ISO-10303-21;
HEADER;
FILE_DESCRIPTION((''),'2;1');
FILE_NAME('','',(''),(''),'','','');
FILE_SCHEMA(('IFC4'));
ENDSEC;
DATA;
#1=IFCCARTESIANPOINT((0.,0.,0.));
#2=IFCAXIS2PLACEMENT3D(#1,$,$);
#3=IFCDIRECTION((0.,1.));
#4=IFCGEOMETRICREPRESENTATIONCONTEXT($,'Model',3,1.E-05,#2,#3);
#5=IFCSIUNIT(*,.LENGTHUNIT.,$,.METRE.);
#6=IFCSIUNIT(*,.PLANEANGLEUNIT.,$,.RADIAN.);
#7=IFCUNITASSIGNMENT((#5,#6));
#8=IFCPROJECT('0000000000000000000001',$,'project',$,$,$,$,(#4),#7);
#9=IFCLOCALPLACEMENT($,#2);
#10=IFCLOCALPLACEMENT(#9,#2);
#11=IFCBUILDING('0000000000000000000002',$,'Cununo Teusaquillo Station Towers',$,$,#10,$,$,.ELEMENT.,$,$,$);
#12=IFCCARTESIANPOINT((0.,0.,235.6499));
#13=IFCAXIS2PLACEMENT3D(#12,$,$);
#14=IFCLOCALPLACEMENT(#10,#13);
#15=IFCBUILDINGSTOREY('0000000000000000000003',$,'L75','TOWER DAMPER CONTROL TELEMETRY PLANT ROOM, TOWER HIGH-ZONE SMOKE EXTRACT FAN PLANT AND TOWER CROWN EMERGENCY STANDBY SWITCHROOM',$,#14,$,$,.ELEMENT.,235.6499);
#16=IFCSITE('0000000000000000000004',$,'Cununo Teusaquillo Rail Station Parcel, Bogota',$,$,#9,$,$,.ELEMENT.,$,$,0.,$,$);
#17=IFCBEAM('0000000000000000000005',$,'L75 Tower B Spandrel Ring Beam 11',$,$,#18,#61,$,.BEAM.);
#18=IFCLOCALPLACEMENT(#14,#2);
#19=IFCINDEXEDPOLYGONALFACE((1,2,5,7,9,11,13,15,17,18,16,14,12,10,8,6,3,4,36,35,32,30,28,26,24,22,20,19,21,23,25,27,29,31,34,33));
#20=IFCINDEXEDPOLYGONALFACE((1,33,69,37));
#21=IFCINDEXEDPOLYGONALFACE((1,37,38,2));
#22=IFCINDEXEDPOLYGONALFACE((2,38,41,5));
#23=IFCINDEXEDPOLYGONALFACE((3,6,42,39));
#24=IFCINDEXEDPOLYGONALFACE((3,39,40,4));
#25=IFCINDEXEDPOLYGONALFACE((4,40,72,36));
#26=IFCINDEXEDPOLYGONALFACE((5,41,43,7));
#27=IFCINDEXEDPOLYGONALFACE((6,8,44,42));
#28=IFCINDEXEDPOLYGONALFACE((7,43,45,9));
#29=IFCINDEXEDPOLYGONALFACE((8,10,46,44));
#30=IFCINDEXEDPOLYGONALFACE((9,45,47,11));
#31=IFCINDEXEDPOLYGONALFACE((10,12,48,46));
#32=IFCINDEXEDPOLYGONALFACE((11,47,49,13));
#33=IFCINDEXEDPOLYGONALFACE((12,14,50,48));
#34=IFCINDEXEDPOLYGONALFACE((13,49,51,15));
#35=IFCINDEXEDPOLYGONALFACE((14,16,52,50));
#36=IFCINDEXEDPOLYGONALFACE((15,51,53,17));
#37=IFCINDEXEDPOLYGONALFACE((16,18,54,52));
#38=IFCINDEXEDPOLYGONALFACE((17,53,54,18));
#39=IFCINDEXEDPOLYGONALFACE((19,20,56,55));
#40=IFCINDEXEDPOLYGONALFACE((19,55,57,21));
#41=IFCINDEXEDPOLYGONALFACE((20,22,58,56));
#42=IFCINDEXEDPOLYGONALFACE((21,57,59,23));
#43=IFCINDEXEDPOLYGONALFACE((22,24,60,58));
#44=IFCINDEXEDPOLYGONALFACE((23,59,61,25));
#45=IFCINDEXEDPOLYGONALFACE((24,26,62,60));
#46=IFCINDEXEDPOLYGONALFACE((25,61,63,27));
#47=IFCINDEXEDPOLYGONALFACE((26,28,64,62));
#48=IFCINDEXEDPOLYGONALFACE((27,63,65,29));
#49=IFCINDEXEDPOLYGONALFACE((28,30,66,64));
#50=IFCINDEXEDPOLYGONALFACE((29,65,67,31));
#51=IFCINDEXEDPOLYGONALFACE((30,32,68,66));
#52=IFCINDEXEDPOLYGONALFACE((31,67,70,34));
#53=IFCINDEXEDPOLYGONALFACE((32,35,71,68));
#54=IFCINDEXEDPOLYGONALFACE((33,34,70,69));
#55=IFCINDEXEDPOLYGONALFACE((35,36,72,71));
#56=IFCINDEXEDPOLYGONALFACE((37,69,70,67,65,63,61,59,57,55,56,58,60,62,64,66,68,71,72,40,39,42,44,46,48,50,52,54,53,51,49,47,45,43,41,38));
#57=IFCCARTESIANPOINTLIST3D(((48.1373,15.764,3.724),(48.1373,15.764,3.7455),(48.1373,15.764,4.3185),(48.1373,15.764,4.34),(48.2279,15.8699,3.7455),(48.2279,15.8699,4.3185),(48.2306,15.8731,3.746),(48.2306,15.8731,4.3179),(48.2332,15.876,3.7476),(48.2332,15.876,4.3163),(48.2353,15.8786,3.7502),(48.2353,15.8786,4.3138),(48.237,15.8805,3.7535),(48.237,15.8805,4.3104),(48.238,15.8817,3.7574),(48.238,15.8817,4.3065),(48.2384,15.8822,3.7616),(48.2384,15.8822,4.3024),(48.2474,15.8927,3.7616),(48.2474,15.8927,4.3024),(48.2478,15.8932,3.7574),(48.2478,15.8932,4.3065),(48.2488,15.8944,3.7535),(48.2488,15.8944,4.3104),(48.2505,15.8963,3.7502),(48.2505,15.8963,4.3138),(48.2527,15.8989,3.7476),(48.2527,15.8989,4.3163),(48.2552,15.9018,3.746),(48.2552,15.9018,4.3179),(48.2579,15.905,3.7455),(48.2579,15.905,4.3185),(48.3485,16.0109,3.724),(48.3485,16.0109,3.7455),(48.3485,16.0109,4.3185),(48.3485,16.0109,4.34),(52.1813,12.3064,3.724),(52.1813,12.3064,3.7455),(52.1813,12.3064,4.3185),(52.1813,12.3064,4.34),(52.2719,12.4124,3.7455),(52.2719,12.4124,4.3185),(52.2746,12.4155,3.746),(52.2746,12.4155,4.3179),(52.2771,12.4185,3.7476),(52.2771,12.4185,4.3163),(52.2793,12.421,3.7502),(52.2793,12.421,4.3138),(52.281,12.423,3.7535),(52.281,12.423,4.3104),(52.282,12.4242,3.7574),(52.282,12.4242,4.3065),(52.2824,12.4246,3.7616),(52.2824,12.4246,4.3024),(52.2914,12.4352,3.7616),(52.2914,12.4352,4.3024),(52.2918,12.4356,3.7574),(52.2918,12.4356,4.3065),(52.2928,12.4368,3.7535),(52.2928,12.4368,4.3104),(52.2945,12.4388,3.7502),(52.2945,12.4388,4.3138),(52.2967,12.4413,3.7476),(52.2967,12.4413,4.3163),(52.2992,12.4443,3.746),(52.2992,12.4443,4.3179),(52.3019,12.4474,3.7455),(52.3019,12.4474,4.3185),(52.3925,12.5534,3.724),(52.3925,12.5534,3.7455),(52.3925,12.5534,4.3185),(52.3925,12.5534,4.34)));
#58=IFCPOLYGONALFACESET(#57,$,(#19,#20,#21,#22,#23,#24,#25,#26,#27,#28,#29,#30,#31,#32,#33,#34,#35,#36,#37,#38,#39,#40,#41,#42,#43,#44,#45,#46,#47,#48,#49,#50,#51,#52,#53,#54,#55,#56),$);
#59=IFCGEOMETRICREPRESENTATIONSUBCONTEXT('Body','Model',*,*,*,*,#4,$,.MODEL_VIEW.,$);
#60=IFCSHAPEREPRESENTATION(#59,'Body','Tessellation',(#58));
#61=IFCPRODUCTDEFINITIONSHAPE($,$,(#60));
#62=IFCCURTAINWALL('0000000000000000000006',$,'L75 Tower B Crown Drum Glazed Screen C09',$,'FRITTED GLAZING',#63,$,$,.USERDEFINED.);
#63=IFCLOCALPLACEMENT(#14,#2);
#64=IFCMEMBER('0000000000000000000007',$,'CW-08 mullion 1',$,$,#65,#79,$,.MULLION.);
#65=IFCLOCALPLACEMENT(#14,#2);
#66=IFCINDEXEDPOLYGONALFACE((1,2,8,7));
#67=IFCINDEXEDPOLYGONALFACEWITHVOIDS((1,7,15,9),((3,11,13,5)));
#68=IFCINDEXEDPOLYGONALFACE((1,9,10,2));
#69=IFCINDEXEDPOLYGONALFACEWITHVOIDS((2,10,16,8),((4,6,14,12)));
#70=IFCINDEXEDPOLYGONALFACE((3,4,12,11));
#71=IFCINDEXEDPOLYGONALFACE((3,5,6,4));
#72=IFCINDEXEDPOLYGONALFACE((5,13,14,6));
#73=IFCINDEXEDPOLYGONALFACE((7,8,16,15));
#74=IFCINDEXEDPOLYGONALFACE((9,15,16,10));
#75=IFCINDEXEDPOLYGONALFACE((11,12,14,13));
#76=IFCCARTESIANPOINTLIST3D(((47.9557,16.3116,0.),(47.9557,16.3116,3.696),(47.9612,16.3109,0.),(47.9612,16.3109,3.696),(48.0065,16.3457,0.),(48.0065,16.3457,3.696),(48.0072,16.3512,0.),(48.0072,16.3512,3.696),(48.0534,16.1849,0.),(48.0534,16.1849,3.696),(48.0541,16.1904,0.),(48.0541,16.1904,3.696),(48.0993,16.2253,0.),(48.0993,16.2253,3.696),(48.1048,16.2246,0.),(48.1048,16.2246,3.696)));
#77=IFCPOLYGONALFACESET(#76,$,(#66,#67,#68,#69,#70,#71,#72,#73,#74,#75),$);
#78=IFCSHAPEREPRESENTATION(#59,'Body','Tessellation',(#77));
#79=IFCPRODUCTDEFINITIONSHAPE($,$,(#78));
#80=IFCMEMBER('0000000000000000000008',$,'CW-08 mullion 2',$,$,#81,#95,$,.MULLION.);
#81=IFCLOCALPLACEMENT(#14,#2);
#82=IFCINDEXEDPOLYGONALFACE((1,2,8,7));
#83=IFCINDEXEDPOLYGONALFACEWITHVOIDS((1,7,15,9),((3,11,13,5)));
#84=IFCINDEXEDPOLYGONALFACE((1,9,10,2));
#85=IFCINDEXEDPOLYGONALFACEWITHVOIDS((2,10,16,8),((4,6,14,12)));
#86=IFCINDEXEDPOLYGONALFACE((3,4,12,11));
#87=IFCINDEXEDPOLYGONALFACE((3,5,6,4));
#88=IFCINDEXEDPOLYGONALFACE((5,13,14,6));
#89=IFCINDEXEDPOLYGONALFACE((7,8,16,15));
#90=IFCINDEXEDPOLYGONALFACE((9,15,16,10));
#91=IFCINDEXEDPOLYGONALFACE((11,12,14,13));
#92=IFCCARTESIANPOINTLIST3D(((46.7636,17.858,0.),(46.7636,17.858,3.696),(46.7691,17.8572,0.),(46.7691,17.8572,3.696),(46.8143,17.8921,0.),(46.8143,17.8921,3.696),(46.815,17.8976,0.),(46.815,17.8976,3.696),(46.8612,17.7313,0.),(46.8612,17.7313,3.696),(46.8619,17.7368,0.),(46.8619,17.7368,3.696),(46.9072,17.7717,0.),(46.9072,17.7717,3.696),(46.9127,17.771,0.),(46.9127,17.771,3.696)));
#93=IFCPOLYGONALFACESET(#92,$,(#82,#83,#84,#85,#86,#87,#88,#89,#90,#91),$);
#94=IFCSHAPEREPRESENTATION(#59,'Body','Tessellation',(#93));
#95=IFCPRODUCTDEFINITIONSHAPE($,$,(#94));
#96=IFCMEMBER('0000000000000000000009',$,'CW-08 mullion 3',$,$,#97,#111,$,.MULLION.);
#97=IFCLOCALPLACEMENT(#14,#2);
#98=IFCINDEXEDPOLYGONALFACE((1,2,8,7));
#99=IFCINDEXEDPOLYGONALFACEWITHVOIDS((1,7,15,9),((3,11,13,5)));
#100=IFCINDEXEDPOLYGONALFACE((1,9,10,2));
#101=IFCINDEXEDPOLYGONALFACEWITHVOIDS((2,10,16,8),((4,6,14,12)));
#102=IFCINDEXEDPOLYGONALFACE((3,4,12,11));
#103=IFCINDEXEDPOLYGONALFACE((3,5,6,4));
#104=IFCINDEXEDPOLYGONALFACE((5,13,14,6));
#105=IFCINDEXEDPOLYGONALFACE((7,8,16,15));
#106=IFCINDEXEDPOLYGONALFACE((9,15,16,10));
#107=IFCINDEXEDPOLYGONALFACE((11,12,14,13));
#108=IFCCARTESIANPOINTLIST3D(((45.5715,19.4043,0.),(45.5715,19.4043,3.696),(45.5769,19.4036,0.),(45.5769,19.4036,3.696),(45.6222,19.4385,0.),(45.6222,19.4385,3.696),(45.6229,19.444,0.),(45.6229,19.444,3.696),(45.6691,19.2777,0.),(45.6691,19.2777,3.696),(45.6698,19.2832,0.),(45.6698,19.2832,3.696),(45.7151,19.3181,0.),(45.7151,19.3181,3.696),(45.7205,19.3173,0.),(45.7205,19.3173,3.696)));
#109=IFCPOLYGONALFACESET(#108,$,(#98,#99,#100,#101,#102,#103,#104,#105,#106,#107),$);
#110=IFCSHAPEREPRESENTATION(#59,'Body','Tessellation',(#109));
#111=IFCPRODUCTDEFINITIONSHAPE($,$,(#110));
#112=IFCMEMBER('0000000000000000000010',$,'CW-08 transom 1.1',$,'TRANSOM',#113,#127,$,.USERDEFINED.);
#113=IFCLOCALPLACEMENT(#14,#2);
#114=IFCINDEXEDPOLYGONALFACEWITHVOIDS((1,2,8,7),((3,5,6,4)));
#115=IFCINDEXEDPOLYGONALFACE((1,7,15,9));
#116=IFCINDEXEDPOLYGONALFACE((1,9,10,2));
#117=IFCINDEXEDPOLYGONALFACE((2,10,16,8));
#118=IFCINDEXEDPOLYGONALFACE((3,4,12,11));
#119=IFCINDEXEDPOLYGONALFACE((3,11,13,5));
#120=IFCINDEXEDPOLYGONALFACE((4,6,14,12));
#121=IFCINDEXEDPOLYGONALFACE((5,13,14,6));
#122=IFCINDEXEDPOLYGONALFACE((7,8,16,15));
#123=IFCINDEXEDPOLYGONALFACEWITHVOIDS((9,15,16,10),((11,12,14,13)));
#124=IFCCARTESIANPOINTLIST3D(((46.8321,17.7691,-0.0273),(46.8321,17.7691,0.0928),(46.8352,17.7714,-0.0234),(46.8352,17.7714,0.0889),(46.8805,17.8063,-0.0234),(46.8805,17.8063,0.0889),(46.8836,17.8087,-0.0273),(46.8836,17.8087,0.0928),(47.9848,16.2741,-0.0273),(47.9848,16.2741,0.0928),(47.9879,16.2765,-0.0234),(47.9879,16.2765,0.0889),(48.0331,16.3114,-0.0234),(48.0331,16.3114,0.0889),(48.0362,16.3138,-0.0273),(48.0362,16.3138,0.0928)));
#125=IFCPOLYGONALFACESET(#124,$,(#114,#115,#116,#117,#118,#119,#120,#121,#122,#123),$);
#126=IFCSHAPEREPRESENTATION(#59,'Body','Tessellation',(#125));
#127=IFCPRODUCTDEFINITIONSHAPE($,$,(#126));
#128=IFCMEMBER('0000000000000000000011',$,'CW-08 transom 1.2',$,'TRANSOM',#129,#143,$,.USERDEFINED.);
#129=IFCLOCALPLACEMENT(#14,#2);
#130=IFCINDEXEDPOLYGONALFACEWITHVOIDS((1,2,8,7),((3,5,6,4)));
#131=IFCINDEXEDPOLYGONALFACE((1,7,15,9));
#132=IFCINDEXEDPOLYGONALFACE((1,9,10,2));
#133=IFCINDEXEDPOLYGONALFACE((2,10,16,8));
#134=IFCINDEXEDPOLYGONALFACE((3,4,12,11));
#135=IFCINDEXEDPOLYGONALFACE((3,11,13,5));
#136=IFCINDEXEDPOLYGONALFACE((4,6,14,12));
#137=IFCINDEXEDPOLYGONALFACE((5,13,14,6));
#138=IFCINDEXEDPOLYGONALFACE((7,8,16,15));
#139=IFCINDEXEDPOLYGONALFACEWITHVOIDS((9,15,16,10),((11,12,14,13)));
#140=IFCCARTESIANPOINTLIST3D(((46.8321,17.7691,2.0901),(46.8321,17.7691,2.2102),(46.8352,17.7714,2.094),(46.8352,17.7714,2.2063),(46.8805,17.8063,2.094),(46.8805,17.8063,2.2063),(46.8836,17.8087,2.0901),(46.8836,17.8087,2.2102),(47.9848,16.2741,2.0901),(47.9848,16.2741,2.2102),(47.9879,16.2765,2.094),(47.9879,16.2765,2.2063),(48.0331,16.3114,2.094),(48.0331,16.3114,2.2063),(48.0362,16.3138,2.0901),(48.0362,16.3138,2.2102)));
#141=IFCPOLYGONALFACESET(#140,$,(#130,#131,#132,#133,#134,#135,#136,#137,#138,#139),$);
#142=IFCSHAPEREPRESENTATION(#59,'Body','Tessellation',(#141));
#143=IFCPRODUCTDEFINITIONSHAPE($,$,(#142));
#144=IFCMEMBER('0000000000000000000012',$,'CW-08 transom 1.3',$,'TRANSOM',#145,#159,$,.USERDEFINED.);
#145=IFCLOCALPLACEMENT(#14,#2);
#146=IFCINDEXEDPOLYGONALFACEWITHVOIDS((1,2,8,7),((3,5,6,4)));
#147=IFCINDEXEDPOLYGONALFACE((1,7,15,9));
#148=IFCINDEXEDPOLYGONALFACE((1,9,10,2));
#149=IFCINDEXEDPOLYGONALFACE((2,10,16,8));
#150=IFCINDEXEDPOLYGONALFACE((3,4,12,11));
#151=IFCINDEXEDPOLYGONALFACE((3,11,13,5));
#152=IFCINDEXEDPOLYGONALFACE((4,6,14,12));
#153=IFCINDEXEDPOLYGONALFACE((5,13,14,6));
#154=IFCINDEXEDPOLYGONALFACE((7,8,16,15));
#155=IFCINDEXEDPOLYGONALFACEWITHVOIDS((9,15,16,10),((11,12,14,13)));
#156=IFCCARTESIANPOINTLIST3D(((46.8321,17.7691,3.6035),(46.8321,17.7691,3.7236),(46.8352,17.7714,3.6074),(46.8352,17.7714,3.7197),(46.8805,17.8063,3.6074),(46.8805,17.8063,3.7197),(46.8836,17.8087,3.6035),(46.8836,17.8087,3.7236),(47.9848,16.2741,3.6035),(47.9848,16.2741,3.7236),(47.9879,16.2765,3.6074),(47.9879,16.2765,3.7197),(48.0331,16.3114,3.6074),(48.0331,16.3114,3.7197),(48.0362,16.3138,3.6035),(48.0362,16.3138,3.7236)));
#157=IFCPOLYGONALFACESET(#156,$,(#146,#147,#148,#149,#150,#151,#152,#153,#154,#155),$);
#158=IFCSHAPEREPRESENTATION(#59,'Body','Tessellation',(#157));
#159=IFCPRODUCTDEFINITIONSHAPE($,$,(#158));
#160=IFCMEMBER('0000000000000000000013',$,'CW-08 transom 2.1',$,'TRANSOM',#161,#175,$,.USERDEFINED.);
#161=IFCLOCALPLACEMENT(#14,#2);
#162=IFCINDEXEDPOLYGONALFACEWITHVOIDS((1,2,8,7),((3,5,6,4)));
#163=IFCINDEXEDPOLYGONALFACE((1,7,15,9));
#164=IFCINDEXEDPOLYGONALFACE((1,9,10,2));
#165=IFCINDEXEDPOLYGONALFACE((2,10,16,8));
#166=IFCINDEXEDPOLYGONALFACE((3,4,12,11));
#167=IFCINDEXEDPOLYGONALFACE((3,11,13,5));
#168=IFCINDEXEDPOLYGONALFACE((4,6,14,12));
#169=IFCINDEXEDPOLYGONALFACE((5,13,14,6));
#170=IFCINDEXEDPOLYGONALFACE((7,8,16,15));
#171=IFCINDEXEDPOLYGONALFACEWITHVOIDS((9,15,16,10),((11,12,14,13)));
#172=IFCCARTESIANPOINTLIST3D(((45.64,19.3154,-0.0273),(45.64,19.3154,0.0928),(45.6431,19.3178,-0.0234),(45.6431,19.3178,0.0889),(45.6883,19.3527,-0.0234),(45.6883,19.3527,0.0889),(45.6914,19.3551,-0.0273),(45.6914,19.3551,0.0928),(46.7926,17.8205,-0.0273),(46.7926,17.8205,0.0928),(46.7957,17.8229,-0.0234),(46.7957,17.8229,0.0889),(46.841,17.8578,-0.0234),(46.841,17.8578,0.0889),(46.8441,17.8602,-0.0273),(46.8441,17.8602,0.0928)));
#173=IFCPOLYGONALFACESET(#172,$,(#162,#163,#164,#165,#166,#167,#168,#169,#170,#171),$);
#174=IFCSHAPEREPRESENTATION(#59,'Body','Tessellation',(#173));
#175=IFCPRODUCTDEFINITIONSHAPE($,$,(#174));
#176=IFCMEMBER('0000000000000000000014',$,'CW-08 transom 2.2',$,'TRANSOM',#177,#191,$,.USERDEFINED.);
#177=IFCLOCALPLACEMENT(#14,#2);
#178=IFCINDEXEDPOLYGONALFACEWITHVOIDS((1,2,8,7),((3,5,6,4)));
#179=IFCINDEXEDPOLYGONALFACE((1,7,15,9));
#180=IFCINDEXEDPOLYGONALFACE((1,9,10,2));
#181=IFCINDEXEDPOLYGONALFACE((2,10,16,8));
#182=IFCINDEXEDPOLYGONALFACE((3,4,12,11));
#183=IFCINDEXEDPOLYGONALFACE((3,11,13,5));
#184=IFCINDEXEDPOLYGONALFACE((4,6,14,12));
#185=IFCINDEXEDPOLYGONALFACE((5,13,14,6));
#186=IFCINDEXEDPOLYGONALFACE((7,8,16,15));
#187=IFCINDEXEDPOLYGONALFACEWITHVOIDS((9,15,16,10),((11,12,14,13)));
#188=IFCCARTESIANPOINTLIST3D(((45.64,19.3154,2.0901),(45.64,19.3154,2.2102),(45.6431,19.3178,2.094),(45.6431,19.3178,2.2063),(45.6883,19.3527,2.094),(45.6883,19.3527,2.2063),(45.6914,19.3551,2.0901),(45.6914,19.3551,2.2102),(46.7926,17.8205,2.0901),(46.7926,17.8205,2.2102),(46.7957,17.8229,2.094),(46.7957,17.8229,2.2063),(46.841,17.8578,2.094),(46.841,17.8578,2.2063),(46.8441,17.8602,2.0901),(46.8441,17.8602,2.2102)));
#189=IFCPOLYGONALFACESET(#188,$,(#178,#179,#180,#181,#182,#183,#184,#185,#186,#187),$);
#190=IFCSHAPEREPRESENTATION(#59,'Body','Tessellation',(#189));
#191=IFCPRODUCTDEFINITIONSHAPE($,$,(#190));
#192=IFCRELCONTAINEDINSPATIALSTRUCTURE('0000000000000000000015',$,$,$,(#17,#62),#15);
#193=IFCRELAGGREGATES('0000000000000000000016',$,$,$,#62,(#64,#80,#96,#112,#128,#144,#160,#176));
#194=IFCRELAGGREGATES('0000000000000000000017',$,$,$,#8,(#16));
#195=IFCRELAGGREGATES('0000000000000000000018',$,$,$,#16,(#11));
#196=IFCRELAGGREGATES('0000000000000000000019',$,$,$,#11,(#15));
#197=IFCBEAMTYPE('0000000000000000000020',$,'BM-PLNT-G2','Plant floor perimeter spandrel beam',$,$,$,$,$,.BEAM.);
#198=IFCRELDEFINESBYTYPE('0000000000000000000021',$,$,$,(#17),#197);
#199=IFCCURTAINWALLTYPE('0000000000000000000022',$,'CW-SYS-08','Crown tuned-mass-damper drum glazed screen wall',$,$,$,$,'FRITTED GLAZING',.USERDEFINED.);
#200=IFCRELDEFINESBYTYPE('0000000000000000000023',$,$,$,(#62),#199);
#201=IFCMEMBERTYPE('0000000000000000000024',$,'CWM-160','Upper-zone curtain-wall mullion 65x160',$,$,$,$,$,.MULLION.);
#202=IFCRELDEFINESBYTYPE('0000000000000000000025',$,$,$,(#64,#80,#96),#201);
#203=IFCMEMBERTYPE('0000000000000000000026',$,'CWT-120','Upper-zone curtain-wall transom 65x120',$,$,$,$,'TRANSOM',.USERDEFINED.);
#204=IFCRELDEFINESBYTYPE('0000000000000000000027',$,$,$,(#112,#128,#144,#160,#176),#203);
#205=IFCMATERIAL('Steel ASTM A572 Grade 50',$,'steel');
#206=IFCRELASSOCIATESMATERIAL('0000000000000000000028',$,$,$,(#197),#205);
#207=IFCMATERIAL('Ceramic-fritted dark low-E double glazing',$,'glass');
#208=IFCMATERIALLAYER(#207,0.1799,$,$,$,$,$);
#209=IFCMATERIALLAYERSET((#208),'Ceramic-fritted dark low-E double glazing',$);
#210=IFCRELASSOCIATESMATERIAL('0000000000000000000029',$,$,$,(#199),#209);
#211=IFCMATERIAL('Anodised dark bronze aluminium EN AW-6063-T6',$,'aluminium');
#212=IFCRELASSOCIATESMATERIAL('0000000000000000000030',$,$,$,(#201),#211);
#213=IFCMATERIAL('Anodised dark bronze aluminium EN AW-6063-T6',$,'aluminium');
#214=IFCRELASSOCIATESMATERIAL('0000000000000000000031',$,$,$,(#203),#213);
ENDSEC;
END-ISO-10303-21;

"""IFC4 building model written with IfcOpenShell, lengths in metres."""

from ifc_helpers import new_model, si_unit, direction, frame, origin, origin_2d, place, context, subcontext, project, spatial, hollow_rectangle, i_section, extrude, material, layer, layer_set, material_profile, profile_set, type_object, element, aggregate, save


model = new_model("IFC4")

# Units and contexts
model_context = context("Model", 3, precision=1e-05, world=origin(), true_north=direction((0.0, 1.0)))
body_context = subcontext(model_context, "Body", "Model", "MODEL_VIEW")
ifc_project = project(units=[si_unit("LENGTHUNIT", "METRE"), si_unit("PLANEANGLEUNIT", "RADIAN")], contexts=[model_context])

# Site, building, storey
site_placement = place(None, origin())
site = spatial("IfcSite", under=ifc_project, at=site_placement, Name="Cununo Teusaquillo Rail Station Parcel, Bogota", CompositionType="ELEMENT", RefElevation=0.0)
building_placement = place(site_placement, origin())
building = spatial("IfcBuilding", under=site, at=building_placement, Name="Cununo Teusaquillo Station Towers", CompositionType="ELEMENT")
storey_placement = place(building_placement, frame((0.0, 0.0, 235.6499)))
storey = spatial("IfcBuildingStorey", under=building, at=storey_placement, Name="L75", Description="TOWER DAMPER CONTROL TELEMETRY PLANT ROOM, TOWER HIGH-ZONE SMOKE EXTRACT FAN PLANT AND TOWER CROWN EMERGENCY STANDBY SWITCHROOM", CompositionType="ELEMENT", Elevation=235.6499)

# Beam
ifc_material_1 = material(Name="Steel ASTM A572 Grade 50", Category="steel")
ifc_material_profile_1 = material_profile(ifc_material_1, i_section(OverallWidth=0.325, OverallDepth=0.616, WebThickness=0.0139, FlangeThickness=0.0215, FilletRadius=0.0161, at=origin_2d()), Name="W24X117")
ifc_profile_set_1 = profile_set([ifc_material_profile_1], Name="Steel ASTM A572 Grade 50")
beam_type_1 = type_object("IfcBeamType", Name="BM-PLNT-G2", Description="Plant floor perimeter spandrel beam", PredefinedType="BEAM", material=ifc_profile_set_1)
beam_1_placement = place(storey_placement, frame((48.2429, 15.8875, 4.032), z_axis=(0.760066, -0.649846, 0.0), x_axis=(0.649846, 0.760066, 0.0)))
element("IfcBeam", 1, at=beam_1_placement, inside=storey, type_object=beam_type_1, Name="L75 Tower B Spandrel Ring Beam 11", PredefinedType="BEAM", context=body_context, shape_type="SweptSolid", body=[
    extrude(i_section(OverallWidth=0.325, OverallDepth=0.616, WebThickness=0.0139, FlangeThickness=0.0215, FilletRadius=0.0161, at=origin_2d()), origin(), (0.0, 0.0, 1.0), 5.3206),
])

# Curtain wall, members
ifc_material_2 = material(Name="Ceramic-fritted dark low-E double glazing", Category="glass")
ifc_layer_1 = layer(ifc_material_2, 0.1799)
ifc_layer_set_1 = layer_set([ifc_layer_1], Name="Ceramic-fritted dark low-E double glazing")
curtain_wall_type = type_object("IfcCurtainWallType", Name="CW-SYS-08", Description="Crown tuned-mass-damper drum glazed screen wall", ElementType="FRITTED GLAZING", PredefinedType="USERDEFINED", material=ifc_layer_set_1)
curtain_wall_placement = place(storey_placement, origin())
curtain_wall = element("IfcCurtainWall", 2, at=curtain_wall_placement, inside=storey, type_object=curtain_wall_type, Name="L75 Tower B Crown Drum Glazed Screen C09", ObjectType="FRITTED GLAZING", PredefinedType="USERDEFINED")
ifc_material_3 = material(Name="Anodised dark bronze aluminium EN AW-6063-T6", Category="aluminium")
ifc_material_profile_2 = material_profile(ifc_material_3, hollow_rectangle(XDim=0.0649, YDim=0.1599, WallThickness=0.0039, at=origin_2d()), Name="CW-MULL-65x160")
ifc_profile_set_2 = profile_set([ifc_material_profile_2], Name="Anodised dark bronze aluminium EN AW-6063-T6")
member_type_1 = type_object("IfcMemberType", Name="CWM-160", Description="Upper-zone curtain-wall mullion 65x160", PredefinedType="MULLION", material=ifc_profile_set_2)
member_1_placement = place(storey_placement, frame((48.0303, 16.2681, 0.0), z_axis=(0.0, 0.0, 1.0), x_axis=(-0.791965, -0.610566, 0.0)))
member_1 = element("IfcMember", 3, at=member_1_placement, type_object=member_type_1, Name="CW-08 mullion 1", PredefinedType="MULLION", context=body_context, shape_type="SweptSolid", body=[
    extrude(hollow_rectangle(XDim=0.0649, YDim=0.1599, WallThickness=0.0039, at=origin_2d()), origin(), (0.0, 0.0, 1.0), 3.696),
])
member_2_placement = place(storey_placement, frame((46.8381, 17.8145, 0.0), z_axis=(0.0, 0.0, 1.0), x_axis=(-0.791965, -0.610566, 0.0)))
member_2 = element("IfcMember", 4, at=member_2_placement, type_object=member_type_1, Name="CW-08 mullion 2", PredefinedType="MULLION", context=body_context, shape_type="SweptSolid", body=[
    extrude(hollow_rectangle(XDim=0.0649, YDim=0.1599, WallThickness=0.0039, at=origin_2d()), origin(), (0.0, 0.0, 1.0), 3.696),
])
member_3_placement = place(storey_placement, frame((45.646, 19.3608, 0.0), z_axis=(0.0, 0.0, 1.0), x_axis=(-0.791965, -0.610566, 0.0)))
member_3 = element("IfcMember", 5, at=member_3_placement, type_object=member_type_1, Name="CW-08 mullion 3", PredefinedType="MULLION", context=body_context, shape_type="SweptSolid", body=[
    extrude(hollow_rectangle(XDim=0.0649, YDim=0.1599, WallThickness=0.0039, at=origin_2d()), origin(), (0.0, 0.0, 1.0), 3.696),
])
ifc_material_4 = material(Name="Anodised dark bronze aluminium EN AW-6063-T6", Category="aluminium")
ifc_material_profile_3 = material_profile(ifc_material_4, hollow_rectangle(XDim=0.0649, YDim=0.1201, WallThickness=0.0039, at=origin_2d()), Name="CW-TRAN-65x120")
ifc_profile_set_3 = profile_set([ifc_material_profile_3], Name="Anodised dark bronze aluminium EN AW-6063-T6")
member_type_2 = type_object("IfcMemberType", Name="CWT-120", Description="Upper-zone curtain-wall transom 65x120", ElementType="TRANSOM", PredefinedType="USERDEFINED", material=ifc_profile_set_3)
member_4_placement = place(storey_placement, frame((48.0105, 16.2939, 0.0327), z_axis=(-0.610604, 0.791936, 0.0), x_axis=(-0.791936, -0.610604, 0.0)))
member_4 = element("IfcMember", 6, at=member_4_placement, type_object=member_type_2, Name="CW-08 transom 1.1", ObjectType="TRANSOM", PredefinedType="USERDEFINED", context=body_context, shape_type="SweptSolid", body=[
    extrude(hollow_rectangle(XDim=0.0649, YDim=0.1201, WallThickness=0.0039, at=origin_2d()), origin(), (0.0, 0.0, 1.0), 1.8877),
])
member_5_placement = place(storey_placement, frame((48.0105, 16.2939, 2.1501), z_axis=(-0.610604, 0.791936, 0.0), x_axis=(-0.791936, -0.610604, 0.0)))
member_5 = element("IfcMember", 7, at=member_5_placement, type_object=member_type_2, Name="CW-08 transom 1.2", ObjectType="TRANSOM", PredefinedType="USERDEFINED", context=body_context, shape_type="SweptSolid", body=[
    extrude(hollow_rectangle(XDim=0.0649, YDim=0.1201, WallThickness=0.0039, at=origin_2d()), origin(), (0.0, 0.0, 1.0), 1.8877),
])
member_6_placement = place(storey_placement, frame((48.0105, 16.2939, 3.6636), z_axis=(-0.610604, 0.791936, 0.0), x_axis=(-0.791936, -0.610604, 0.0)))
member_6 = element("IfcMember", 8, at=member_6_placement, type_object=member_type_2, Name="CW-08 transom 1.3", ObjectType="TRANSOM", PredefinedType="USERDEFINED", context=body_context, shape_type="SweptSolid", body=[
    extrude(hollow_rectangle(XDim=0.0649, YDim=0.1201, WallThickness=0.0039, at=origin_2d()), origin(), (0.0, 0.0, 1.0), 1.8877),
])
member_7_placement = place(storey_placement, frame((46.8184, 17.8403, 0.0327), z_axis=(-0.610604, 0.791936, 0.0), x_axis=(-0.791936, -0.610604, 0.0)))
member_7 = element("IfcMember", 9, at=member_7_placement, type_object=member_type_2, Name="CW-08 transom 2.1", ObjectType="TRANSOM", PredefinedType="USERDEFINED", context=body_context, shape_type="SweptSolid", body=[
    extrude(hollow_rectangle(XDim=0.0649, YDim=0.1201, WallThickness=0.0039, at=origin_2d()), origin(), (0.0, 0.0, 1.0), 1.8877),
])
member_8_placement = place(storey_placement, frame((46.8184, 17.8403, 2.1501), z_axis=(-0.610604, 0.791936, 0.0), x_axis=(-0.791936, -0.610604, 0.0)))
member_8 = element("IfcMember", 10, at=member_8_placement, type_object=member_type_2, Name="CW-08 transom 2.2", ObjectType="TRANSOM", PredefinedType="USERDEFINED", context=body_context, shape_type="SweptSolid", body=[
    extrude(hollow_rectangle(XDim=0.0649, YDim=0.1201, WallThickness=0.0039, at=origin_2d()), origin(), (0.0, 0.0, 1.0), 1.8877),
])

aggregate(curtain_wall, [member_1, member_2, member_3, member_4, member_5, member_6, member_7, member_8])

save(model, "model.ifc")
